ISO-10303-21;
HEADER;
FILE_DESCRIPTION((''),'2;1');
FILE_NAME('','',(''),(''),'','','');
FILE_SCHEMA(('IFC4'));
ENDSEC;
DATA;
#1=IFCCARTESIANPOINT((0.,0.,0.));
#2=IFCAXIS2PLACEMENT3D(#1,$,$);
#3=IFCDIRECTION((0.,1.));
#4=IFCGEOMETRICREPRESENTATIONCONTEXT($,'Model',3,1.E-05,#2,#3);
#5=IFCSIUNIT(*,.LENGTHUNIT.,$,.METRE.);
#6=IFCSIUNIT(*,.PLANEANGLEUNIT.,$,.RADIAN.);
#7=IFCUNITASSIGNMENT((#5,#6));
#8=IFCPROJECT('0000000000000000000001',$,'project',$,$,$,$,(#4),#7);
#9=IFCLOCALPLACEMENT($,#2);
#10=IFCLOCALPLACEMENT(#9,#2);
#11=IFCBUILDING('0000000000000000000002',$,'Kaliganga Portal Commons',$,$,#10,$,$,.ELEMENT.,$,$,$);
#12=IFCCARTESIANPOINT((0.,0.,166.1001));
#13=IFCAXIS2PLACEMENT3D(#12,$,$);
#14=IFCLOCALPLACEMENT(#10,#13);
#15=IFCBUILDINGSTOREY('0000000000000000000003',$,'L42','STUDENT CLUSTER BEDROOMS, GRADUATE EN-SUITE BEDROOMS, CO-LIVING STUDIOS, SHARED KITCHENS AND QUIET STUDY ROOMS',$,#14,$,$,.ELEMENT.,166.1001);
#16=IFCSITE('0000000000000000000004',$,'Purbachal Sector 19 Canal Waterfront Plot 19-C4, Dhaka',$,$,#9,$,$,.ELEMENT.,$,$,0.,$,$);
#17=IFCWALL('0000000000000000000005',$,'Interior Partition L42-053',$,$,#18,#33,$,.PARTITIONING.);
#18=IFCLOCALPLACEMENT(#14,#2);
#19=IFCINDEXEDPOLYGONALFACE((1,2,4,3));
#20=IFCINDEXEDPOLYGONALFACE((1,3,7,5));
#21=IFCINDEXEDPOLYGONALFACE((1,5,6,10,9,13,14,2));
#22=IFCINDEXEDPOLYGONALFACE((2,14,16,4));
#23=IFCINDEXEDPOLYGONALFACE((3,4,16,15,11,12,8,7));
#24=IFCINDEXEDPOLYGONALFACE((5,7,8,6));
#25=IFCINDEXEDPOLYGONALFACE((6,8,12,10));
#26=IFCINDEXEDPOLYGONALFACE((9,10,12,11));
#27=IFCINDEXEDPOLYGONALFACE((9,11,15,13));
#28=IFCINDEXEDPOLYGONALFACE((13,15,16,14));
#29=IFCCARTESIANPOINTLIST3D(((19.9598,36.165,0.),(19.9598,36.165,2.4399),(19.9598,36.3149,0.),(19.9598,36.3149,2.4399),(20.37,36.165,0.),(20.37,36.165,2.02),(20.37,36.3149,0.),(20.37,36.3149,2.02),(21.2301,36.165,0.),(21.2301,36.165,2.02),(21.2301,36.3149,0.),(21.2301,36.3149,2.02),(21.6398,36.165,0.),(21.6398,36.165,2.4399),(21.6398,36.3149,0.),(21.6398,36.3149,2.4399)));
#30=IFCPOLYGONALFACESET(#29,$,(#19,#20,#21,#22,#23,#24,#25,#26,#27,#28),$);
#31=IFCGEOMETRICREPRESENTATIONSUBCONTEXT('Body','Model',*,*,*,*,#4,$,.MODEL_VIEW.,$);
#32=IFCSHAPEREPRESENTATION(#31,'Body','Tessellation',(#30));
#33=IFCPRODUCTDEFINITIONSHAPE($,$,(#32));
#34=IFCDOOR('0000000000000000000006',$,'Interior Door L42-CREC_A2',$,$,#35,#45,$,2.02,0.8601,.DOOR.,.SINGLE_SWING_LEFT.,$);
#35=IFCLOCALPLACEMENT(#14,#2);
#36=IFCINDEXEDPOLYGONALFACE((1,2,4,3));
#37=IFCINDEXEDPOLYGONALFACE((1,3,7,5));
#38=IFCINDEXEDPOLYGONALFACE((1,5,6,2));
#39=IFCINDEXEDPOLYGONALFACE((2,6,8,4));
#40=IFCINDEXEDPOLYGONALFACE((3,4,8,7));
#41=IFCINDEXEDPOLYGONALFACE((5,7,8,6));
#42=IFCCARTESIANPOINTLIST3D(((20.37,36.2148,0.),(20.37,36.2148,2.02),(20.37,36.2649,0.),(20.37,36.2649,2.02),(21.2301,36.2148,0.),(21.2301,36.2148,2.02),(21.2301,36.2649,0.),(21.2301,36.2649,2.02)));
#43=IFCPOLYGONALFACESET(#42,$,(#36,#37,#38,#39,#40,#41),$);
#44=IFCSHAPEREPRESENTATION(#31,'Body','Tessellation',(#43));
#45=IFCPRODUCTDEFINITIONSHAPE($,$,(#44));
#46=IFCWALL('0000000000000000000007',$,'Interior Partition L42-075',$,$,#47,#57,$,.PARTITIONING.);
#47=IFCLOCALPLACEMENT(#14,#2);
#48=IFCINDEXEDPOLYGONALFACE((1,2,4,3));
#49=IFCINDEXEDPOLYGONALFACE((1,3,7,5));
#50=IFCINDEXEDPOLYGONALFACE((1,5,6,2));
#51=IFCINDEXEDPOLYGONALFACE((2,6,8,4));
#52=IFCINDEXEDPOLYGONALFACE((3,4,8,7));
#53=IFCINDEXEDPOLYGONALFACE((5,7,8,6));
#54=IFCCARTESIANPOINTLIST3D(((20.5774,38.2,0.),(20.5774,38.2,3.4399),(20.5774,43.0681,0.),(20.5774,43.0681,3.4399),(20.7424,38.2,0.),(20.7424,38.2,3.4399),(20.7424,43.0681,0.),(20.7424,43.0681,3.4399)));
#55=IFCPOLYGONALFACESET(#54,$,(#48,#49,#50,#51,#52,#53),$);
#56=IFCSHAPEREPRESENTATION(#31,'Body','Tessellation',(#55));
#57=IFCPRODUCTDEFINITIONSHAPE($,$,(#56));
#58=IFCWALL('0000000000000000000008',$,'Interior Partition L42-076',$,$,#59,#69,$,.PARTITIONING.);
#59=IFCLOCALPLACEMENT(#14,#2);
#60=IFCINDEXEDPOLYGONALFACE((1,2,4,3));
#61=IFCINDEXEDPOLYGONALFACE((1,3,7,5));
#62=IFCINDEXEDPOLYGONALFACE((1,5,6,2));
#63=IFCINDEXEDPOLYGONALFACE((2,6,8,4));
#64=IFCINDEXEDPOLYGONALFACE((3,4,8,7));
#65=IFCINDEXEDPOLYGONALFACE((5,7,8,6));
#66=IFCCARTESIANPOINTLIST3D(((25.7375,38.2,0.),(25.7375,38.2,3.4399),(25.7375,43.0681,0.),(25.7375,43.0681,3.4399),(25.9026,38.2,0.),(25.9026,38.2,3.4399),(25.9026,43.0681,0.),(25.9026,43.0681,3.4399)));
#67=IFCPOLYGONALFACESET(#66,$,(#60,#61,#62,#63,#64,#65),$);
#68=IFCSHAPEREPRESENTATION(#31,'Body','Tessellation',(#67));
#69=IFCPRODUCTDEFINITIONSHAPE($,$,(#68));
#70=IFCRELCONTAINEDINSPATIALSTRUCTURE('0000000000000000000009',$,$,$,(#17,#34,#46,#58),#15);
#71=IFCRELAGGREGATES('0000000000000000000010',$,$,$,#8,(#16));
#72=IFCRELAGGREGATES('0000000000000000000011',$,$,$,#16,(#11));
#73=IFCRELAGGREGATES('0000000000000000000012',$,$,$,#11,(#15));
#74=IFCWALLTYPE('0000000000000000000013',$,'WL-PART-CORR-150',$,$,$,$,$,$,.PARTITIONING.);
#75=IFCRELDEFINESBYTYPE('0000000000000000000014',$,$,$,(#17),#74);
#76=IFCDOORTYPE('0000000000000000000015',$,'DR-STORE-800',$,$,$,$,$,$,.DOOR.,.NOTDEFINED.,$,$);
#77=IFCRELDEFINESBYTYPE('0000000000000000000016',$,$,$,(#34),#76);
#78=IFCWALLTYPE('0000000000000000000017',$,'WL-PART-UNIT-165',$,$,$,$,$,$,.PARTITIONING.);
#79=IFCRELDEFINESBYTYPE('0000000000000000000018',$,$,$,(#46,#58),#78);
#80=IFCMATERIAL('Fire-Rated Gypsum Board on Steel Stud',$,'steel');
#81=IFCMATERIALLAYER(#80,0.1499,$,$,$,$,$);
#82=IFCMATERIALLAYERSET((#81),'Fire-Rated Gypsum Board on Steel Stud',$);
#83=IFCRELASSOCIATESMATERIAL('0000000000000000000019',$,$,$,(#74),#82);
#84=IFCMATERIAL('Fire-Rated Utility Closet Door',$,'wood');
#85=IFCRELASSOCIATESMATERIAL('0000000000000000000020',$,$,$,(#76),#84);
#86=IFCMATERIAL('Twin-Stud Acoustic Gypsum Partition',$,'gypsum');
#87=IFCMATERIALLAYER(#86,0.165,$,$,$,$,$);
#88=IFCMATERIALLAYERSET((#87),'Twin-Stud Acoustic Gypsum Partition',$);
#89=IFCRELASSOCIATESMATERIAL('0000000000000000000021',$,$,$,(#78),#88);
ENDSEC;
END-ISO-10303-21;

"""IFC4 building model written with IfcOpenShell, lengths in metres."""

from ifc_helpers import new_model, si_unit, direction, frame, frame_2d, origin, place, context, subcontext, project, spatial, rectangle, extrude, material, layer, layer_set, type_object, element, fill, save


model = new_model("IFC4")

# Units and contexts
model_context = context("Model", 3, precision=1e-05, world=origin(), true_north=direction((0.0, 1.0)))
body_context = subcontext(model_context, "Body", "Model", "MODEL_VIEW")
ifc_project = project(units=[si_unit("LENGTHUNIT", "METRE"), si_unit("PLANEANGLEUNIT", "RADIAN")], contexts=[model_context])

# Site, building, storey
site_placement = place(None, origin())
site = spatial("IfcSite", under=ifc_project, at=site_placement, Name="Purbachal Sector 19 Canal Waterfront Plot 19-C4, Dhaka", CompositionType="ELEMENT", RefElevation=0.0)
building_placement = place(site_placement, origin())
building = spatial("IfcBuilding", under=site, at=building_placement, Name="Kaliganga Portal Commons", CompositionType="ELEMENT")
storey_placement = place(building_placement, frame((0.0, 0.0, 166.1001)))
storey = spatial("IfcBuildingStorey", under=building, at=storey_placement, Name="L42", Description="STUDENT CLUSTER BEDROOMS, GRADUATE EN-SUITE BEDROOMS, CO-LIVING STUDIOS, SHARED KITCHENS AND QUIET STUDY ROOMS", CompositionType="ELEMENT", Elevation=166.1001)

# Wall, opening, door
ifc_material_1 = material(Name="Fire-Rated Gypsum Board on Steel Stud", Category="steel")
ifc_layer_1 = layer(ifc_material_1, 0.1499)
ifc_layer_set_1 = layer_set([ifc_layer_1], Name="Fire-Rated Gypsum Board on Steel Stud")
wall_type_1 = type_object("IfcWallType", Name="WL-PART-CORR-150", PredefinedType="PARTITIONING", material=ifc_layer_set_1)
wall_1_placement = place(storey_placement, frame((19.96, 36.24, 0.0), z_axis=(0.0, 0.0, 1.0), x_axis=(1.0, 0.0, 0.0)))
wall_1 = element("IfcWall", 1, at=wall_1_placement, inside=storey, type_object=wall_type_1, Name="Interior Partition L42-053", PredefinedType="PARTITIONING", context=body_context, shape_type="SweptSolid", body=[
    extrude(rectangle(XDim=1.6799, YDim=0.1499, at=frame_2d((0.8398, 0.0))), origin(), (0.0, 0.0, 1.0), 2.4399),
])
opening_1_placement = place(wall_1_placement, frame((0.4099, 0.0, 0.0)))
opening_1 = element("IfcOpeningElement", 2, at=opening_1_placement, cuts=wall_1, PredefinedType="OPENING", context=body_context, shape_type="SweptSolid", body=[
    extrude(rectangle(XDim=0.8601, YDim=2.02, at=frame_2d((0.4302, 1.01))), frame((0.0, 0.085, 0.0), z_axis=(0.0, -1.0, 0.0), x_axis=(1.0, 0.0, 0.0)), (0.0, 0.0, 1.0), 0.1699),
])
ifc_material_2 = material(Name="Fire-Rated Utility Closet Door", Category="wood")
door_type_1 = type_object("IfcDoorType", Name="DR-STORE-800", OperationType="NOTDEFINED", PredefinedType="DOOR", material=ifc_material_2)
door_1_placement = place(opening_1_placement, origin())
door_1 = element("IfcDoor", 3, at=door_1_placement, inside=storey, type_object=door_type_1, Name="Interior Door L42-CREC_A2", OperationType="SINGLE_SWING_LEFT", OverallHeight=2.02, OverallWidth=0.8601, PredefinedType="DOOR", context=body_context, shape_type="SweptSolid", body=[
    extrude(rectangle(XDim=0.8601, YDim=2.02, at=frame_2d((0.4302, 1.01))), frame((0.0, 0.0249, 0.0), z_axis=(0.0, -1.0, 0.0), x_axis=(1.0, 0.0, 0.0)), (0.0, 0.0, 1.0), 0.05),
])
fill(opening_1, door_1)

# Walls
ifc_material_3 = material(Name="Twin-Stud Acoustic Gypsum Partition", Category="gypsum")
ifc_layer_2 = layer(ifc_material_3, 0.165)
ifc_layer_set_2 = layer_set([ifc_layer_2], Name="Twin-Stud Acoustic Gypsum Partition")
wall_type_2 = type_object("IfcWallType", Name="WL-PART-UNIT-165", PredefinedType="PARTITIONING", material=ifc_layer_set_2)
for number, where, z_axis, x_axis, name in (
    (4, (20.6599, 38.2, 0.0), (0.0, 0.0, 1.0), (0.0, 1.0, 0.0), "Interior Partition L42-075"),
    (5, (25.8201, 38.2, 0.0), (0.0, 0.0, 1.0), (0.0, 1.0, 0.0), "Interior Partition L42-076"),
):
    element("IfcWall", number, at=place(storey_placement, frame(where, z_axis=z_axis, x_axis=x_axis)), inside=storey, type_object=wall_type_2, Name=name, PredefinedType="PARTITIONING", context=body_context, shape_type="SweptSolid", body=[
        extrude(rectangle(XDim=4.8682, YDim=0.165, at=frame_2d((2.4341, 0.0))), origin(), (0.0, 0.0, 1.0), 3.4399),
    ])

save(model, "model.ifc")
